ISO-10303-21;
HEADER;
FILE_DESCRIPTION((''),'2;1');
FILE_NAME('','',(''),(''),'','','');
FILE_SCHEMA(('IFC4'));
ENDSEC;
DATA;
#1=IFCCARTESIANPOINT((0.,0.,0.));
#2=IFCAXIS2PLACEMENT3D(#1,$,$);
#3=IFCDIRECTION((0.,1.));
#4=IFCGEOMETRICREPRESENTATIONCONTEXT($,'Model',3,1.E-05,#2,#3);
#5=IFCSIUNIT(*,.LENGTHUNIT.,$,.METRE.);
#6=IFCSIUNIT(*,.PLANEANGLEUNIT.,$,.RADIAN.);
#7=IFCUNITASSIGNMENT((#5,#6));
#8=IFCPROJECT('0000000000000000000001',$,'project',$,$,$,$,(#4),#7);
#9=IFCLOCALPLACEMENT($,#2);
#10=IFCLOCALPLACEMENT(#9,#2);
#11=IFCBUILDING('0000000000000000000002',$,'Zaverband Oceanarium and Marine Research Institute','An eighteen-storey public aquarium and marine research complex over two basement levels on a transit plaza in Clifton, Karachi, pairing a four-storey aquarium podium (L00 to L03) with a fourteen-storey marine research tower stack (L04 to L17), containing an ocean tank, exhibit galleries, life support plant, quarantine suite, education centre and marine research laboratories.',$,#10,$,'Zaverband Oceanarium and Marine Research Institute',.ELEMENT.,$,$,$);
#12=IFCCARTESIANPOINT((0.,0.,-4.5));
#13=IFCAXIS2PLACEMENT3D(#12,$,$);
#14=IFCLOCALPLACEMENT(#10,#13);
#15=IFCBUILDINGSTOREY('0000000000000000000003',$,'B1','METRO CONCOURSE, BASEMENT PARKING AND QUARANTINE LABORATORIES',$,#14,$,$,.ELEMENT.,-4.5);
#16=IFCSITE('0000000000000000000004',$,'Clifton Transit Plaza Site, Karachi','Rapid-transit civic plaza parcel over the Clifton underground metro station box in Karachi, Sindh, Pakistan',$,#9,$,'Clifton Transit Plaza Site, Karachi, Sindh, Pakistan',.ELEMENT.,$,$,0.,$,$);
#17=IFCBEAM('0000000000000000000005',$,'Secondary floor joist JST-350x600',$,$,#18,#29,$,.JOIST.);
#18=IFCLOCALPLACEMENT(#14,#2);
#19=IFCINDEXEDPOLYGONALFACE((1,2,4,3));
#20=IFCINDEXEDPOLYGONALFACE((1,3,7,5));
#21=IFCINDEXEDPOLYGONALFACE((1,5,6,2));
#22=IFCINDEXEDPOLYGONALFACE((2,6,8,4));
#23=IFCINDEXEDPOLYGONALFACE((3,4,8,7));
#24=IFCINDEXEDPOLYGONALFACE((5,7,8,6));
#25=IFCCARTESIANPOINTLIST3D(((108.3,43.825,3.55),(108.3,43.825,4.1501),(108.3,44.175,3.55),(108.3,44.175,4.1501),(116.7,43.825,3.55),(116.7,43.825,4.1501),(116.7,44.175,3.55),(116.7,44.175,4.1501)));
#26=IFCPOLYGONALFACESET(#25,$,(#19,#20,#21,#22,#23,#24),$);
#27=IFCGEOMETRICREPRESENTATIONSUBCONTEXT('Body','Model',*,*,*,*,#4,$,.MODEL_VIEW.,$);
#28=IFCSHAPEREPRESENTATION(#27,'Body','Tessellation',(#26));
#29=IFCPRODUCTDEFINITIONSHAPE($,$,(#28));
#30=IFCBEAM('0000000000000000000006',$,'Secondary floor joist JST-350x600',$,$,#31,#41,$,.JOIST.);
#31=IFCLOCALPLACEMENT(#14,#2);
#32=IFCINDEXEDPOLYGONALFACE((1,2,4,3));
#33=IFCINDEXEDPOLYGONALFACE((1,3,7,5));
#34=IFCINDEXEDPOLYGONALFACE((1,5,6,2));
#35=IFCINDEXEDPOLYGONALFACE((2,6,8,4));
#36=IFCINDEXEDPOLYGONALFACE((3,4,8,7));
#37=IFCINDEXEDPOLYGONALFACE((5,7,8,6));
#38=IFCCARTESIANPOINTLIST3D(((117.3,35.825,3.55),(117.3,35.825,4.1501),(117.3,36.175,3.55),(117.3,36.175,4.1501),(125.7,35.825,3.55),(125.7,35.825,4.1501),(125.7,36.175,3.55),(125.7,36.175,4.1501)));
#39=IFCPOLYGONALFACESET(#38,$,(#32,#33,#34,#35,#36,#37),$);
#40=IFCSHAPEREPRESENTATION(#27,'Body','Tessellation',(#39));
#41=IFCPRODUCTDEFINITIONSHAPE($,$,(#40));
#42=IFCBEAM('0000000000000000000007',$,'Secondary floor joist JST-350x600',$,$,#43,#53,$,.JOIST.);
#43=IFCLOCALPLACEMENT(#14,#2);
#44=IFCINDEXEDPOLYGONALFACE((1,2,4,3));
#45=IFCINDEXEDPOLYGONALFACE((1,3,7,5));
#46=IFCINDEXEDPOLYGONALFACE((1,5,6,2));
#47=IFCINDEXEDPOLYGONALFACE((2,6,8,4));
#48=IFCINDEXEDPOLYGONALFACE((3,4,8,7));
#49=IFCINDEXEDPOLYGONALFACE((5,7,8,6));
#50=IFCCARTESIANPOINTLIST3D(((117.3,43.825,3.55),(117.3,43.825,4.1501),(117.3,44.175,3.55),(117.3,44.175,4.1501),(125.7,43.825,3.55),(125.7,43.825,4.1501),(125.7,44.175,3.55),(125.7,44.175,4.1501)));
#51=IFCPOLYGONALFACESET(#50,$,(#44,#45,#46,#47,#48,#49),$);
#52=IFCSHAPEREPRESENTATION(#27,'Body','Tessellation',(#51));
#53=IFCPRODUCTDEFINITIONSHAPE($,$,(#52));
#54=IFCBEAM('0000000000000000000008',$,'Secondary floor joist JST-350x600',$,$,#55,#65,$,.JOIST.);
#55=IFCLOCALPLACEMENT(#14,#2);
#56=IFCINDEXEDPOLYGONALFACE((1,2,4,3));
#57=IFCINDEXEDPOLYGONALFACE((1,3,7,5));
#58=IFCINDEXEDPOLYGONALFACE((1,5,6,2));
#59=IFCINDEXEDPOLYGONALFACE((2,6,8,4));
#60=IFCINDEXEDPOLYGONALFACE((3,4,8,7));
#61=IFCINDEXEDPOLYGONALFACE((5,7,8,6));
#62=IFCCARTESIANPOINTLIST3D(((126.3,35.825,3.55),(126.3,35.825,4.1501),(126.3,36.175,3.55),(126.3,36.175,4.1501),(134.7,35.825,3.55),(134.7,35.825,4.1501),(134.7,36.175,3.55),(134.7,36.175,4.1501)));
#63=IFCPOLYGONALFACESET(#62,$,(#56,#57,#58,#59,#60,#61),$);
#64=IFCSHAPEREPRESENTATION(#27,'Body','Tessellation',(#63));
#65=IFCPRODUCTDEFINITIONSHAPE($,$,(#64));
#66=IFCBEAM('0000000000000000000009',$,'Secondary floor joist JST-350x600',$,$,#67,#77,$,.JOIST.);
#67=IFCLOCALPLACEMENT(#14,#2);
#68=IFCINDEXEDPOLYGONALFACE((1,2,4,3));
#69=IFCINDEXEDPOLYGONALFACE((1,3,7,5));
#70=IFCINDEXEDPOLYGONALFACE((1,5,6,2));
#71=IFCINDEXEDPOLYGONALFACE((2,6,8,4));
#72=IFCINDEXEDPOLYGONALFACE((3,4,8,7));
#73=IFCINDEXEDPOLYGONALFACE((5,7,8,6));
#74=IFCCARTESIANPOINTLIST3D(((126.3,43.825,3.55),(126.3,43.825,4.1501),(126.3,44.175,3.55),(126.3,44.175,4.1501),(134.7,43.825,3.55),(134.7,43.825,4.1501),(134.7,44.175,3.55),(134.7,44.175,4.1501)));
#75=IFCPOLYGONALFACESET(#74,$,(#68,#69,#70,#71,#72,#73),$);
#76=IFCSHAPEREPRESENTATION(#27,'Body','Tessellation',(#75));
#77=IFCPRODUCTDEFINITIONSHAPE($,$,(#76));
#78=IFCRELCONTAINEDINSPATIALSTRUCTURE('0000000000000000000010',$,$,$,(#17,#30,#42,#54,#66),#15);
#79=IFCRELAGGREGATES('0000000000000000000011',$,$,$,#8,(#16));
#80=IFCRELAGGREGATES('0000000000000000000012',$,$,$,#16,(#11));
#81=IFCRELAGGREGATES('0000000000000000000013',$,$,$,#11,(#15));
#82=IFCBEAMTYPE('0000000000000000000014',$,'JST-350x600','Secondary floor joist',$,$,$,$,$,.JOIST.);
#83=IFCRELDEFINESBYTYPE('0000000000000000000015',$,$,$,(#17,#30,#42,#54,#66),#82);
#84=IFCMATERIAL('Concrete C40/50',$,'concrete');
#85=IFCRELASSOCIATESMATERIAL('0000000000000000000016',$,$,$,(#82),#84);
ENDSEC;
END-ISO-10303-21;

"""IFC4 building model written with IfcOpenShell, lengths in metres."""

from ifc_helpers import new_model, si_unit, direction, frame, origin, origin_2d, place, context, subcontext, project, spatial, rectangle, extrude, material, material_profile, profile_set, type_object, element, save


model = new_model("IFC4")

# Units and contexts
model_context = context("Model", 3, precision=1e-05, world=origin(), true_north=direction((0.0, 1.0)))
body_context = subcontext(model_context, "Body", "Model", "MODEL_VIEW")
ifc_project = project(units=[si_unit("LENGTHUNIT", "METRE"), si_unit("PLANEANGLEUNIT", "RADIAN")], contexts=[model_context])

# Site, building, storey
site_placement = place(None, origin())
site = spatial("IfcSite", under=ifc_project, at=site_placement, Name="Clifton Transit Plaza Site, Karachi", Description="Rapid-transit civic plaza parcel over the Clifton underground metro station box in Karachi, Sindh, Pakistan", LongName="Clifton Transit Plaza Site, Karachi, Sindh, Pakistan", CompositionType="ELEMENT", RefElevation=0.0)
building_placement = place(site_placement, origin())
building = spatial("IfcBuilding", under=site, at=building_placement, Name="Zaverband Oceanarium and Marine Research Institute", Description="An eighteen-storey public aquarium and marine research complex over two basement levels on a transit plaza in Clifton, Karachi, pairing a four-storey aquarium podium (L00 to L03) with a fourteen-storey marine research tower stack (L04 to L17), containing an ocean tank, exhibit galleries, life support plant, quarantine suite, education centre and marine research laboratories.", LongName="Zaverband Oceanarium and Marine Research Institute", CompositionType="ELEMENT")
storey_placement = place(building_placement, frame((0.0, 0.0, -4.5)))
storey = spatial("IfcBuildingStorey", under=building, at=storey_placement, Name="B1", Description="METRO CONCOURSE, BASEMENT PARKING AND QUARANTINE LABORATORIES", CompositionType="ELEMENT", Elevation=-4.5)

# Beams
ifc_material_1 = material(Name="Concrete C40/50", Category="concrete")
ifc_material_profile_1 = material_profile(ifc_material_1, rectangle(XDim=0.3501, YDim=0.6001, at=origin_2d()), Name="RC350x600")
ifc_profile_set_1 = profile_set([ifc_material_profile_1], Name="Concrete C40/50")
beam_type_1 = type_object("IfcBeamType", Name="JST-350x600", Description="Secondary floor joist", PredefinedType="JOIST", material=ifc_profile_set_1)
for number, where, z_axis, x_axis, name in (
    (1, (108.3, 44.0, 3.8501), (1.0, 0.0, 0.0), (0.0, 1.0, 0.0), "Secondary floor joist JST-350x600"),
    (2, (117.3, 36.0, 3.8501), (1.0, 0.0, 0.0), (0.0, 1.0, 0.0), "Secondary floor joist JST-350x600"),
    (3, (117.3, 44.0, 3.8501), (1.0, 0.0, 0.0), (0.0, 1.0, 0.0), "Secondary floor joist JST-350x600"),
    (4, (126.3, 36.0, 3.8501), (1.0, 0.0, 0.0), (0.0, 1.0, 0.0), "Secondary floor joist JST-350x600"),
    (5, (126.3, 44.0, 3.8501), (1.0, 0.0, 0.0), (0.0, 1.0, 0.0), "Secondary floor joist JST-350x600"),
):
    element("IfcBeam", number, at=place(storey_placement, frame(where, z_axis=z_axis, x_axis=x_axis)), inside=storey, type_object=beam_type_1, Name=name, PredefinedType="JOIST", context=body_context, shape_type="SweptSolid", body=[
        extrude(rectangle(XDim=0.3501, YDim=0.6001, at=origin_2d()), origin(), (0.0, 0.0, 1.0), 8.3999),
    ])

save(model, "model.ifc")
